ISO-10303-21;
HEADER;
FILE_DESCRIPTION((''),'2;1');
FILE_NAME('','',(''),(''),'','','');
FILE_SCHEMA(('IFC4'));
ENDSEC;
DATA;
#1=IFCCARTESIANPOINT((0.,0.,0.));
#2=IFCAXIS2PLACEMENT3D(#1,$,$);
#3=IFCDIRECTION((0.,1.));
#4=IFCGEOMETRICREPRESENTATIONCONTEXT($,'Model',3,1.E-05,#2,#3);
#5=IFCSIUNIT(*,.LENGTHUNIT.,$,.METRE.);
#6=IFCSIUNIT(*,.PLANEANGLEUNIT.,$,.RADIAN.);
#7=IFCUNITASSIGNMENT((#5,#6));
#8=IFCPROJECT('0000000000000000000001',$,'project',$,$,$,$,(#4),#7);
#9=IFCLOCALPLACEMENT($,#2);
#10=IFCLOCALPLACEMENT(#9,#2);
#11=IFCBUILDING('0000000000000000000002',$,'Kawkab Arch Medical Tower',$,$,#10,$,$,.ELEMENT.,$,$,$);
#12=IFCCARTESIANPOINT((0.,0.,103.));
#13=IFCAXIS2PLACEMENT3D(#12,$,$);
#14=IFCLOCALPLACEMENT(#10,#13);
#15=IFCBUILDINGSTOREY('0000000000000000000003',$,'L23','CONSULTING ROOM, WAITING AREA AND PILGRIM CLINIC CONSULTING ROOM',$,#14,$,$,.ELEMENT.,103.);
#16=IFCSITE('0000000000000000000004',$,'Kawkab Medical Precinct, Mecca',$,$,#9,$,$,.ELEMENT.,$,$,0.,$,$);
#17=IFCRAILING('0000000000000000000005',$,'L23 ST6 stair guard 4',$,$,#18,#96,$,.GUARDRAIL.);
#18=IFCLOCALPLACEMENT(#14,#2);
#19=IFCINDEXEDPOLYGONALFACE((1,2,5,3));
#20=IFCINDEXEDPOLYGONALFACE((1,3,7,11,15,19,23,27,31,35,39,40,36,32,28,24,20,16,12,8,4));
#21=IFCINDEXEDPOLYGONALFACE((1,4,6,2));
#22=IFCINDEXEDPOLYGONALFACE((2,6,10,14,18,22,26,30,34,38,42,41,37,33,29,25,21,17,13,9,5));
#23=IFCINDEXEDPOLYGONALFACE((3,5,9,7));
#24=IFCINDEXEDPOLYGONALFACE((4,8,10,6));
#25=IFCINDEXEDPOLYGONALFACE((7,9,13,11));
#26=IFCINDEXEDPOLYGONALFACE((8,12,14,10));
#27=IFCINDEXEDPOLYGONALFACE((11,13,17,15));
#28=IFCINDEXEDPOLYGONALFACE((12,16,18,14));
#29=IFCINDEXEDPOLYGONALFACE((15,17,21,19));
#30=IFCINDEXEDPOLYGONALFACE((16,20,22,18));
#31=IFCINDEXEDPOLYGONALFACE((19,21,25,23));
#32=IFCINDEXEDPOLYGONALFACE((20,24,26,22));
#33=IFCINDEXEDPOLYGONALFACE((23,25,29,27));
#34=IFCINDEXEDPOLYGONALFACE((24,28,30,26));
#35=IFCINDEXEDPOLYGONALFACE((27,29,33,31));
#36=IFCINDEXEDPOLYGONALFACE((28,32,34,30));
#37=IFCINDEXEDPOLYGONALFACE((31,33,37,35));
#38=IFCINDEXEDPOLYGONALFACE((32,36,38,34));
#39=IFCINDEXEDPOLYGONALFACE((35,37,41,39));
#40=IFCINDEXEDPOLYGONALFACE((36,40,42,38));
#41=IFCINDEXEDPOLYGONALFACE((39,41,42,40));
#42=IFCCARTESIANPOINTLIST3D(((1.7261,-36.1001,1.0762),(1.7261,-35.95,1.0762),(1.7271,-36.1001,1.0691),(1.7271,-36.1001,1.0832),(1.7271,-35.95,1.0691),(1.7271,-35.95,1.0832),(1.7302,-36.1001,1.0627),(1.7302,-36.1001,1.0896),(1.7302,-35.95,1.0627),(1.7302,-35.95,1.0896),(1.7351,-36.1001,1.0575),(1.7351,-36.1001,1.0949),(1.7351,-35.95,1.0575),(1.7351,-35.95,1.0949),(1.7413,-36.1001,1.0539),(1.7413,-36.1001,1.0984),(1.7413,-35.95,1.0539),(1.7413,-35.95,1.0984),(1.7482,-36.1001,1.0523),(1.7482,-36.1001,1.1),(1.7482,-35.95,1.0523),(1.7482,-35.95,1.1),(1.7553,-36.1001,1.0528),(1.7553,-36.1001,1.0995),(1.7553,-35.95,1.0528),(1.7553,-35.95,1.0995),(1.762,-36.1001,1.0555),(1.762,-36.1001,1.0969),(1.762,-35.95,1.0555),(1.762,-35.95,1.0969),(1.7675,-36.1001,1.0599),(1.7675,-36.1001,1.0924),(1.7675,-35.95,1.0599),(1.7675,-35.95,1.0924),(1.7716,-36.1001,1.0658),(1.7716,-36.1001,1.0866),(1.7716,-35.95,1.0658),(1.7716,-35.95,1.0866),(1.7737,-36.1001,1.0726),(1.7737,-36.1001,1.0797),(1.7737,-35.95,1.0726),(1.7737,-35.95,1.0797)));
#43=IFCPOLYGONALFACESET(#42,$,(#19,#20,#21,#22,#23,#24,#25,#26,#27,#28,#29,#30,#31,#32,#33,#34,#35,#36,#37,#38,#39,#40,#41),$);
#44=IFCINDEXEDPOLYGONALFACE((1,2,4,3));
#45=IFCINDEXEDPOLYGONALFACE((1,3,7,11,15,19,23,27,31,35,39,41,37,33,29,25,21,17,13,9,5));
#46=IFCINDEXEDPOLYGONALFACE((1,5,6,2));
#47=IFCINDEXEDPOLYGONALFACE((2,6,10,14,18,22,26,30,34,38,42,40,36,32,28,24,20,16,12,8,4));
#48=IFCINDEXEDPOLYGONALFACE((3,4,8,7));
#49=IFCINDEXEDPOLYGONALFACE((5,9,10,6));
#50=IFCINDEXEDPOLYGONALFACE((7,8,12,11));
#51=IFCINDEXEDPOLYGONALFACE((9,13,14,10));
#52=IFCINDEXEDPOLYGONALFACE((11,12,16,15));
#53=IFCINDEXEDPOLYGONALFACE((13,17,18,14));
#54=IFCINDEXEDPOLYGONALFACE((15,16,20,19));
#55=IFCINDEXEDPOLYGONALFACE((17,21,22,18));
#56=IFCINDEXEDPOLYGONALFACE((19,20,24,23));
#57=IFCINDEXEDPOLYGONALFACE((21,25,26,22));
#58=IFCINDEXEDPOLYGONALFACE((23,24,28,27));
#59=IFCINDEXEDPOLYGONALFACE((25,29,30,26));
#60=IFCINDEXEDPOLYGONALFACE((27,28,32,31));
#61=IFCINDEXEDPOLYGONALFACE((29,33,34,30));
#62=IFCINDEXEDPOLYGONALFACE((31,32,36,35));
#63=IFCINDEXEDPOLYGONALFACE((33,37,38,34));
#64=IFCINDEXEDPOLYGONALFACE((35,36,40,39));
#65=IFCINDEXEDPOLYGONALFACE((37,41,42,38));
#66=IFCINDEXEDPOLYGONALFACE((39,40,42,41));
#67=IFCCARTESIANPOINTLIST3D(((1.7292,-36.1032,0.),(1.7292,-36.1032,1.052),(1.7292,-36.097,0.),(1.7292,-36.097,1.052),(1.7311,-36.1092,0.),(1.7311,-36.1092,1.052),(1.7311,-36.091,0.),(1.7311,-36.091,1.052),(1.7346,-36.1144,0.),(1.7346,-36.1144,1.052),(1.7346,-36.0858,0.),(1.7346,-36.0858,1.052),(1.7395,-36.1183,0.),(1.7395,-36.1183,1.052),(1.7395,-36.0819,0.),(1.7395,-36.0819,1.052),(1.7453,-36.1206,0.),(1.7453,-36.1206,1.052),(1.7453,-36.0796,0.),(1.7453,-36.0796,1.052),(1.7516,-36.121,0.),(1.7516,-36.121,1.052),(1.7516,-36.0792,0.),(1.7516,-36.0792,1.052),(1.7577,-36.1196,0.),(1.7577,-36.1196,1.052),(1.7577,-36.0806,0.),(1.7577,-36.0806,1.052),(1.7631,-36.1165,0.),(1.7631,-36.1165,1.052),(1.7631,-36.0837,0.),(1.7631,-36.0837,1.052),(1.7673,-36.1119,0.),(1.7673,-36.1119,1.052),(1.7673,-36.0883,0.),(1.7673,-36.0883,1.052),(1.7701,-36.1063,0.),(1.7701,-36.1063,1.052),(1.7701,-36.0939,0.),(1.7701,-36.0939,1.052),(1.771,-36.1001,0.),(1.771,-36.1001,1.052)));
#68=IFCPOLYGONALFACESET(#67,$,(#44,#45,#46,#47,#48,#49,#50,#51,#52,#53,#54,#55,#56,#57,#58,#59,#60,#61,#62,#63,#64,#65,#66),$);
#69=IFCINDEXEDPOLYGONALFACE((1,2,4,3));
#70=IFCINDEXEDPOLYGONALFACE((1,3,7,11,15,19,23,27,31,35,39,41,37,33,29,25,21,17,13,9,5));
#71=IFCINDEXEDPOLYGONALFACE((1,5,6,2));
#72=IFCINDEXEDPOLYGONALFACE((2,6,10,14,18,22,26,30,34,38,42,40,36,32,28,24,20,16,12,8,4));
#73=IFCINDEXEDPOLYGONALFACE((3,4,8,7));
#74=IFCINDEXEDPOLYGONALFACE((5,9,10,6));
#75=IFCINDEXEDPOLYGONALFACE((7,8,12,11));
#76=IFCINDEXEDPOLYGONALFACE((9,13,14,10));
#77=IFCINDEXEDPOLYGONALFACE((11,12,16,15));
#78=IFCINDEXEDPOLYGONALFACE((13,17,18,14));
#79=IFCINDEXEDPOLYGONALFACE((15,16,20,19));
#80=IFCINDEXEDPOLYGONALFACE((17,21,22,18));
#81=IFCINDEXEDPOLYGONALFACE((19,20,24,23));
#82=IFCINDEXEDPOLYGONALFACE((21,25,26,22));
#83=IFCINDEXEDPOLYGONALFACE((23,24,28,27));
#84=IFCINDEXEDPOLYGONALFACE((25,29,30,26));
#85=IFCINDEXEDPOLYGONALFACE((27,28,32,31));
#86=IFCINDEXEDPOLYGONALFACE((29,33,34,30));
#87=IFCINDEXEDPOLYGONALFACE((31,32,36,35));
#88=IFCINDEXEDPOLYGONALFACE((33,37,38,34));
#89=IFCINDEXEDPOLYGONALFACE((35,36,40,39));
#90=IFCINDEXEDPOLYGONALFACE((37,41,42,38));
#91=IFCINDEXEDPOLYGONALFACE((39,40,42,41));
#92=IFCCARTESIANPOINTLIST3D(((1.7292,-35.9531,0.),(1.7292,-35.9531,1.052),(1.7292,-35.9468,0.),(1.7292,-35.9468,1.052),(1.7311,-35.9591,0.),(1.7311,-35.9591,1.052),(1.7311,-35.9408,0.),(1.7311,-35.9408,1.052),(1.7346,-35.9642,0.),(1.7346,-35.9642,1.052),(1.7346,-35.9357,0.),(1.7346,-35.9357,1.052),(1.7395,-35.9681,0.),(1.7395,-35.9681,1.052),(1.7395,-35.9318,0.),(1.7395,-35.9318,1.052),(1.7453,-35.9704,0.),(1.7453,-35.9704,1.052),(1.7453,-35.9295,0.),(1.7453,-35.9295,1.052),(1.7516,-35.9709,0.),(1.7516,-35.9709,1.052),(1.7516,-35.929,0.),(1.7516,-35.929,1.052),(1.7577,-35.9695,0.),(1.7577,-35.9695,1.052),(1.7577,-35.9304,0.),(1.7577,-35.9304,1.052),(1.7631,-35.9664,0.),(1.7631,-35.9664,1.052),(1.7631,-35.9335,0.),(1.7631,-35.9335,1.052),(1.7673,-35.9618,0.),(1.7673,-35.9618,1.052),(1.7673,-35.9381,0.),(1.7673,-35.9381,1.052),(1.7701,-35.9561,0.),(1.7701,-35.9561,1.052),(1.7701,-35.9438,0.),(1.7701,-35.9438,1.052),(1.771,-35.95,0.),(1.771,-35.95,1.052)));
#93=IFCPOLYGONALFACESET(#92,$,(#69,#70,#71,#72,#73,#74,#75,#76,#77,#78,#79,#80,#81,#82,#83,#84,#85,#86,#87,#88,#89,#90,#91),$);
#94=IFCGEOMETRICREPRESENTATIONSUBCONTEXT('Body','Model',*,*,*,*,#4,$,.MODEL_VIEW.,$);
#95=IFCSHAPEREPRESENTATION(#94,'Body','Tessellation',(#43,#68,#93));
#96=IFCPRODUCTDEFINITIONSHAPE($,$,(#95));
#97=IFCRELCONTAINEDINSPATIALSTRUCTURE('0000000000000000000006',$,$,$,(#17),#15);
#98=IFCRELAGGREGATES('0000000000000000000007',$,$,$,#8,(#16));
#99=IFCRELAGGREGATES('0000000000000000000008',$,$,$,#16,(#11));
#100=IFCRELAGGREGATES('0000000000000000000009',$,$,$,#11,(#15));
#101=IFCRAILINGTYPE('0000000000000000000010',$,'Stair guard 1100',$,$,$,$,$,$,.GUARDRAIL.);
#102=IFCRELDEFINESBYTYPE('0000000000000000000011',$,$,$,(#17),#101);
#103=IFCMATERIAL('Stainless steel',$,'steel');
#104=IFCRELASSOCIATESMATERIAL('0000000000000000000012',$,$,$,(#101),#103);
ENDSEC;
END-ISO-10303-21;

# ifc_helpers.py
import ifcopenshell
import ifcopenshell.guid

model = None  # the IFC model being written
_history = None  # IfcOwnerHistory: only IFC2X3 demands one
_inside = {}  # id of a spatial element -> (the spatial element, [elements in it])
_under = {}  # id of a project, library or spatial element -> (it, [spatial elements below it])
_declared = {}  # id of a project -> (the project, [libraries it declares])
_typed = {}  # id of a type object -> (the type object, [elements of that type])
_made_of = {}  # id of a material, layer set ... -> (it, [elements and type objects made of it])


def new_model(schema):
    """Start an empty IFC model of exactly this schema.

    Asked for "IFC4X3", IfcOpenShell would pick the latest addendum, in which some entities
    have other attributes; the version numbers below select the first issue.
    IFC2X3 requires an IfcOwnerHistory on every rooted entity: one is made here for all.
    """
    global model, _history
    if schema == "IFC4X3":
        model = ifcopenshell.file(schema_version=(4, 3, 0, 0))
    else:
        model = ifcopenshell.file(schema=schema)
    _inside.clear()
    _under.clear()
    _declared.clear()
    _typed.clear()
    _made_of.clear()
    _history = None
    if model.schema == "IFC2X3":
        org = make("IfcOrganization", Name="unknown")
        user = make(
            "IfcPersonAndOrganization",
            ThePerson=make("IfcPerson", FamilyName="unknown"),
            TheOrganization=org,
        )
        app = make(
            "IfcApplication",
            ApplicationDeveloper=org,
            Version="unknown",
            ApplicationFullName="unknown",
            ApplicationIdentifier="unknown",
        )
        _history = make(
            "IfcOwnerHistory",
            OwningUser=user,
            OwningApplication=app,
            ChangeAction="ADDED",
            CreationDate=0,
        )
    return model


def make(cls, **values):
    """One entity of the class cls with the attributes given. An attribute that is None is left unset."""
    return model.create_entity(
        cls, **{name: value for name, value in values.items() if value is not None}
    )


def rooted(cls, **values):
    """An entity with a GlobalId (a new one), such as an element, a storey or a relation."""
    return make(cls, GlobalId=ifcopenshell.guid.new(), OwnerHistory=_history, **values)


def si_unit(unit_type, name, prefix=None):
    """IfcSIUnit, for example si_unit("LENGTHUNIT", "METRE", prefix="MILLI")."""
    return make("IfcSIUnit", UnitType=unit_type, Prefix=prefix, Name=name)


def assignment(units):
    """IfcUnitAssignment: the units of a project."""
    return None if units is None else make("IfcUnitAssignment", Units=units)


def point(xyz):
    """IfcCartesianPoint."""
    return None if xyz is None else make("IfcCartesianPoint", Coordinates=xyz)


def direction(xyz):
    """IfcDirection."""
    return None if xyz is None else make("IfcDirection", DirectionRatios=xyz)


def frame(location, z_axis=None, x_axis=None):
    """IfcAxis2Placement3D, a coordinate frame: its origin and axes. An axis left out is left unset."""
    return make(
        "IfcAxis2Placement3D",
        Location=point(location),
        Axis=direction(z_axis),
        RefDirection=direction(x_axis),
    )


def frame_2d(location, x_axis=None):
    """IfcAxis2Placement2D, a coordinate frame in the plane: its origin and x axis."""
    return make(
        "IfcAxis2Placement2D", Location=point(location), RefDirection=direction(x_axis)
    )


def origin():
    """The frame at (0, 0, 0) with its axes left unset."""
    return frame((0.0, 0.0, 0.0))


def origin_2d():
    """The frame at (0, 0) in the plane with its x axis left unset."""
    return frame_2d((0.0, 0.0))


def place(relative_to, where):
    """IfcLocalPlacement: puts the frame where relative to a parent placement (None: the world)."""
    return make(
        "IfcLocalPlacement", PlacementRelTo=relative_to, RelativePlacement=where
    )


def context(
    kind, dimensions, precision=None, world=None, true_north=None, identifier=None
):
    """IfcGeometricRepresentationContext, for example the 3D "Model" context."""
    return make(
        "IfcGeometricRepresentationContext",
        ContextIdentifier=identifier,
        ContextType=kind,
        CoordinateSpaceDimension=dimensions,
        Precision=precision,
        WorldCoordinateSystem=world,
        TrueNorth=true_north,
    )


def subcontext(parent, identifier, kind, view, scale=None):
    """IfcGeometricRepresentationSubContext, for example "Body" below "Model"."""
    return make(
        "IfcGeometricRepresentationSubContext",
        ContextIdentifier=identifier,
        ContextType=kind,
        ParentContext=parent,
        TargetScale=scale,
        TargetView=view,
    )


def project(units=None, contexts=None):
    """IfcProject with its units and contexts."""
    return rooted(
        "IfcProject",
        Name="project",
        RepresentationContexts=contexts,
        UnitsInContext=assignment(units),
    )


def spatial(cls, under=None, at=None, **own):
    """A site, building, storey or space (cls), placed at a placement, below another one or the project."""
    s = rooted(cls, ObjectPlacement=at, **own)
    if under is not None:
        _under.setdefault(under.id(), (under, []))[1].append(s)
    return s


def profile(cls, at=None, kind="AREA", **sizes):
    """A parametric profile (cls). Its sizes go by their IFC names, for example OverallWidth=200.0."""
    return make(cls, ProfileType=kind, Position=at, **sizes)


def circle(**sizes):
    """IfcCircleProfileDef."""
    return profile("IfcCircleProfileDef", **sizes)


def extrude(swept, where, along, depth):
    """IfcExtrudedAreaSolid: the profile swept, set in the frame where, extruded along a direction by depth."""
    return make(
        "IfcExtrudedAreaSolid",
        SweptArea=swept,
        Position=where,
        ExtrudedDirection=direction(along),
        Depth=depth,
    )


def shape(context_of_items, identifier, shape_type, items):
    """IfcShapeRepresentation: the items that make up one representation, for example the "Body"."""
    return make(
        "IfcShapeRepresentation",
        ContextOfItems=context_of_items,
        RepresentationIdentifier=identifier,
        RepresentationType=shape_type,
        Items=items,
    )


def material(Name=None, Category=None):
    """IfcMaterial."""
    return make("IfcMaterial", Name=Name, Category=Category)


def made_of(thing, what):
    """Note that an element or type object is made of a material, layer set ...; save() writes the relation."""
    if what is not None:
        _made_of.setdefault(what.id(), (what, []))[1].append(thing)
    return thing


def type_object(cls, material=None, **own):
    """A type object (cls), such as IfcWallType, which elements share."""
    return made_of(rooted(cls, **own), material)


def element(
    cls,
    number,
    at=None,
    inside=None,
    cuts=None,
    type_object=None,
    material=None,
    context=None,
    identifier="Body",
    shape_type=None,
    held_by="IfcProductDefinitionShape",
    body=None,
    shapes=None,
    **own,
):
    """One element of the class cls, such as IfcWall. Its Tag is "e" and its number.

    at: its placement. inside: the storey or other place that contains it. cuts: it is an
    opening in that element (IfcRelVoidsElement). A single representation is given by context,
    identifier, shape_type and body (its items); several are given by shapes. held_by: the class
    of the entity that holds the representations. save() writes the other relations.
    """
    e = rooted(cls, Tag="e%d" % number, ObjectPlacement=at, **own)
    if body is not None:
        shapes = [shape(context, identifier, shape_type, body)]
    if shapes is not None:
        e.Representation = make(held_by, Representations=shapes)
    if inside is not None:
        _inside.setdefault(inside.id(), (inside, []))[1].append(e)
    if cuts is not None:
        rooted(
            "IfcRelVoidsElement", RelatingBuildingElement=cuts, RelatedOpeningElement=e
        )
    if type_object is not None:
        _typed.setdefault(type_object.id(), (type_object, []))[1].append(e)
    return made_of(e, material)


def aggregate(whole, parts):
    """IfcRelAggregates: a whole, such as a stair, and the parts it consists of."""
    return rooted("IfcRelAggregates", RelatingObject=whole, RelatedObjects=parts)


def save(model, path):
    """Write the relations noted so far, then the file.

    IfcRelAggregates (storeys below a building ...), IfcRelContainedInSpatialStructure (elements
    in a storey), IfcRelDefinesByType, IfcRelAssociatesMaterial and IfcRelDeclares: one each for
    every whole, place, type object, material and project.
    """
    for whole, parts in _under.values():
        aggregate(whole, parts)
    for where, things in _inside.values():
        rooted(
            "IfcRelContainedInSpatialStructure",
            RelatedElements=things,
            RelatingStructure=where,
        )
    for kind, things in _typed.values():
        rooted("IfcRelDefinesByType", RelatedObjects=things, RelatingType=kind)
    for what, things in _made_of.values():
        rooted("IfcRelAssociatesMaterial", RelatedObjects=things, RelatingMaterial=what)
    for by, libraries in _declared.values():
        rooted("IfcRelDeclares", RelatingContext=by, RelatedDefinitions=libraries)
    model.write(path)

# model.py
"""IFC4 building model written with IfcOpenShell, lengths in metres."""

from ifc_helpers import new_model, si_unit, direction, frame, origin, origin_2d, place, context, subcontext, project, spatial, circle, extrude, material, type_object, element, save


model = new_model("IFC4")

# Units and contexts
model_context = context("Model", 3, precision=1e-05, world=origin(), true_north=direction((0.0, 1.0)))
body_context = subcontext(model_context, "Body", "Model", "MODEL_VIEW")
ifc_project = project(units=[si_unit("LENGTHUNIT", "METRE"), si_unit("PLANEANGLEUNIT", "RADIAN")], contexts=[model_context])

# Site, building, storey
site_placement = place(None, origin())
site = spatial("IfcSite", under=ifc_project, at=site_placement, Name="Kawkab Medical Precinct, Mecca", CompositionType="ELEMENT", RefElevation=0.0)
building_placement = place(site_placement, origin())
building = spatial("IfcBuilding", under=site, at=building_placement, Name="Kawkab Arch Medical Tower", CompositionType="ELEMENT")
storey_placement = place(building_placement, frame((0.0, 0.0, 103.0)))
storey = spatial("IfcBuildingStorey", under=building, at=storey_placement, Name="L23", Description="CONSULTING ROOM, WAITING AREA AND PILGRIM CLINIC CONSULTING ROOM", CompositionType="ELEMENT", Elevation=103.0)

# Railing
ifc_material_1 = material(Name="Stainless steel", Category="steel")
railing_type_1 = type_object("IfcRailingType", Name="Stair guard 1100", PredefinedType="GUARDRAIL", material=ifc_material_1)
railing_1_placement = place(storey_placement, frame((1.75, -36.1001, 0.0)))
element("IfcRailing", 1, at=railing_1_placement, inside=storey, type_object=railing_type_1, Name="L23 ST6 stair guard 4", PredefinedType="GUARDRAIL", context=body_context, shape_type="SweptSolid", body=[
    extrude(circle(Radius=0.0239, at=origin_2d()), frame((0.0, 0.0, 1.0762), z_axis=(0.0, 1.0, 0.0), x_axis=(-1.0, 0.0, 0.0)), (0.0, 0.0, 1.0), 0.1501),
    extrude(circle(Radius=0.021, at=origin_2d()), origin(), (0.0, 0.0, 1.0), 1.052),
    extrude(circle(Radius=0.021, at=origin_2d()), frame((0.0, 0.1501, 0.0)), (0.0, 0.0, 1.0), 1.052),
])

save(model, "model.ifc")
